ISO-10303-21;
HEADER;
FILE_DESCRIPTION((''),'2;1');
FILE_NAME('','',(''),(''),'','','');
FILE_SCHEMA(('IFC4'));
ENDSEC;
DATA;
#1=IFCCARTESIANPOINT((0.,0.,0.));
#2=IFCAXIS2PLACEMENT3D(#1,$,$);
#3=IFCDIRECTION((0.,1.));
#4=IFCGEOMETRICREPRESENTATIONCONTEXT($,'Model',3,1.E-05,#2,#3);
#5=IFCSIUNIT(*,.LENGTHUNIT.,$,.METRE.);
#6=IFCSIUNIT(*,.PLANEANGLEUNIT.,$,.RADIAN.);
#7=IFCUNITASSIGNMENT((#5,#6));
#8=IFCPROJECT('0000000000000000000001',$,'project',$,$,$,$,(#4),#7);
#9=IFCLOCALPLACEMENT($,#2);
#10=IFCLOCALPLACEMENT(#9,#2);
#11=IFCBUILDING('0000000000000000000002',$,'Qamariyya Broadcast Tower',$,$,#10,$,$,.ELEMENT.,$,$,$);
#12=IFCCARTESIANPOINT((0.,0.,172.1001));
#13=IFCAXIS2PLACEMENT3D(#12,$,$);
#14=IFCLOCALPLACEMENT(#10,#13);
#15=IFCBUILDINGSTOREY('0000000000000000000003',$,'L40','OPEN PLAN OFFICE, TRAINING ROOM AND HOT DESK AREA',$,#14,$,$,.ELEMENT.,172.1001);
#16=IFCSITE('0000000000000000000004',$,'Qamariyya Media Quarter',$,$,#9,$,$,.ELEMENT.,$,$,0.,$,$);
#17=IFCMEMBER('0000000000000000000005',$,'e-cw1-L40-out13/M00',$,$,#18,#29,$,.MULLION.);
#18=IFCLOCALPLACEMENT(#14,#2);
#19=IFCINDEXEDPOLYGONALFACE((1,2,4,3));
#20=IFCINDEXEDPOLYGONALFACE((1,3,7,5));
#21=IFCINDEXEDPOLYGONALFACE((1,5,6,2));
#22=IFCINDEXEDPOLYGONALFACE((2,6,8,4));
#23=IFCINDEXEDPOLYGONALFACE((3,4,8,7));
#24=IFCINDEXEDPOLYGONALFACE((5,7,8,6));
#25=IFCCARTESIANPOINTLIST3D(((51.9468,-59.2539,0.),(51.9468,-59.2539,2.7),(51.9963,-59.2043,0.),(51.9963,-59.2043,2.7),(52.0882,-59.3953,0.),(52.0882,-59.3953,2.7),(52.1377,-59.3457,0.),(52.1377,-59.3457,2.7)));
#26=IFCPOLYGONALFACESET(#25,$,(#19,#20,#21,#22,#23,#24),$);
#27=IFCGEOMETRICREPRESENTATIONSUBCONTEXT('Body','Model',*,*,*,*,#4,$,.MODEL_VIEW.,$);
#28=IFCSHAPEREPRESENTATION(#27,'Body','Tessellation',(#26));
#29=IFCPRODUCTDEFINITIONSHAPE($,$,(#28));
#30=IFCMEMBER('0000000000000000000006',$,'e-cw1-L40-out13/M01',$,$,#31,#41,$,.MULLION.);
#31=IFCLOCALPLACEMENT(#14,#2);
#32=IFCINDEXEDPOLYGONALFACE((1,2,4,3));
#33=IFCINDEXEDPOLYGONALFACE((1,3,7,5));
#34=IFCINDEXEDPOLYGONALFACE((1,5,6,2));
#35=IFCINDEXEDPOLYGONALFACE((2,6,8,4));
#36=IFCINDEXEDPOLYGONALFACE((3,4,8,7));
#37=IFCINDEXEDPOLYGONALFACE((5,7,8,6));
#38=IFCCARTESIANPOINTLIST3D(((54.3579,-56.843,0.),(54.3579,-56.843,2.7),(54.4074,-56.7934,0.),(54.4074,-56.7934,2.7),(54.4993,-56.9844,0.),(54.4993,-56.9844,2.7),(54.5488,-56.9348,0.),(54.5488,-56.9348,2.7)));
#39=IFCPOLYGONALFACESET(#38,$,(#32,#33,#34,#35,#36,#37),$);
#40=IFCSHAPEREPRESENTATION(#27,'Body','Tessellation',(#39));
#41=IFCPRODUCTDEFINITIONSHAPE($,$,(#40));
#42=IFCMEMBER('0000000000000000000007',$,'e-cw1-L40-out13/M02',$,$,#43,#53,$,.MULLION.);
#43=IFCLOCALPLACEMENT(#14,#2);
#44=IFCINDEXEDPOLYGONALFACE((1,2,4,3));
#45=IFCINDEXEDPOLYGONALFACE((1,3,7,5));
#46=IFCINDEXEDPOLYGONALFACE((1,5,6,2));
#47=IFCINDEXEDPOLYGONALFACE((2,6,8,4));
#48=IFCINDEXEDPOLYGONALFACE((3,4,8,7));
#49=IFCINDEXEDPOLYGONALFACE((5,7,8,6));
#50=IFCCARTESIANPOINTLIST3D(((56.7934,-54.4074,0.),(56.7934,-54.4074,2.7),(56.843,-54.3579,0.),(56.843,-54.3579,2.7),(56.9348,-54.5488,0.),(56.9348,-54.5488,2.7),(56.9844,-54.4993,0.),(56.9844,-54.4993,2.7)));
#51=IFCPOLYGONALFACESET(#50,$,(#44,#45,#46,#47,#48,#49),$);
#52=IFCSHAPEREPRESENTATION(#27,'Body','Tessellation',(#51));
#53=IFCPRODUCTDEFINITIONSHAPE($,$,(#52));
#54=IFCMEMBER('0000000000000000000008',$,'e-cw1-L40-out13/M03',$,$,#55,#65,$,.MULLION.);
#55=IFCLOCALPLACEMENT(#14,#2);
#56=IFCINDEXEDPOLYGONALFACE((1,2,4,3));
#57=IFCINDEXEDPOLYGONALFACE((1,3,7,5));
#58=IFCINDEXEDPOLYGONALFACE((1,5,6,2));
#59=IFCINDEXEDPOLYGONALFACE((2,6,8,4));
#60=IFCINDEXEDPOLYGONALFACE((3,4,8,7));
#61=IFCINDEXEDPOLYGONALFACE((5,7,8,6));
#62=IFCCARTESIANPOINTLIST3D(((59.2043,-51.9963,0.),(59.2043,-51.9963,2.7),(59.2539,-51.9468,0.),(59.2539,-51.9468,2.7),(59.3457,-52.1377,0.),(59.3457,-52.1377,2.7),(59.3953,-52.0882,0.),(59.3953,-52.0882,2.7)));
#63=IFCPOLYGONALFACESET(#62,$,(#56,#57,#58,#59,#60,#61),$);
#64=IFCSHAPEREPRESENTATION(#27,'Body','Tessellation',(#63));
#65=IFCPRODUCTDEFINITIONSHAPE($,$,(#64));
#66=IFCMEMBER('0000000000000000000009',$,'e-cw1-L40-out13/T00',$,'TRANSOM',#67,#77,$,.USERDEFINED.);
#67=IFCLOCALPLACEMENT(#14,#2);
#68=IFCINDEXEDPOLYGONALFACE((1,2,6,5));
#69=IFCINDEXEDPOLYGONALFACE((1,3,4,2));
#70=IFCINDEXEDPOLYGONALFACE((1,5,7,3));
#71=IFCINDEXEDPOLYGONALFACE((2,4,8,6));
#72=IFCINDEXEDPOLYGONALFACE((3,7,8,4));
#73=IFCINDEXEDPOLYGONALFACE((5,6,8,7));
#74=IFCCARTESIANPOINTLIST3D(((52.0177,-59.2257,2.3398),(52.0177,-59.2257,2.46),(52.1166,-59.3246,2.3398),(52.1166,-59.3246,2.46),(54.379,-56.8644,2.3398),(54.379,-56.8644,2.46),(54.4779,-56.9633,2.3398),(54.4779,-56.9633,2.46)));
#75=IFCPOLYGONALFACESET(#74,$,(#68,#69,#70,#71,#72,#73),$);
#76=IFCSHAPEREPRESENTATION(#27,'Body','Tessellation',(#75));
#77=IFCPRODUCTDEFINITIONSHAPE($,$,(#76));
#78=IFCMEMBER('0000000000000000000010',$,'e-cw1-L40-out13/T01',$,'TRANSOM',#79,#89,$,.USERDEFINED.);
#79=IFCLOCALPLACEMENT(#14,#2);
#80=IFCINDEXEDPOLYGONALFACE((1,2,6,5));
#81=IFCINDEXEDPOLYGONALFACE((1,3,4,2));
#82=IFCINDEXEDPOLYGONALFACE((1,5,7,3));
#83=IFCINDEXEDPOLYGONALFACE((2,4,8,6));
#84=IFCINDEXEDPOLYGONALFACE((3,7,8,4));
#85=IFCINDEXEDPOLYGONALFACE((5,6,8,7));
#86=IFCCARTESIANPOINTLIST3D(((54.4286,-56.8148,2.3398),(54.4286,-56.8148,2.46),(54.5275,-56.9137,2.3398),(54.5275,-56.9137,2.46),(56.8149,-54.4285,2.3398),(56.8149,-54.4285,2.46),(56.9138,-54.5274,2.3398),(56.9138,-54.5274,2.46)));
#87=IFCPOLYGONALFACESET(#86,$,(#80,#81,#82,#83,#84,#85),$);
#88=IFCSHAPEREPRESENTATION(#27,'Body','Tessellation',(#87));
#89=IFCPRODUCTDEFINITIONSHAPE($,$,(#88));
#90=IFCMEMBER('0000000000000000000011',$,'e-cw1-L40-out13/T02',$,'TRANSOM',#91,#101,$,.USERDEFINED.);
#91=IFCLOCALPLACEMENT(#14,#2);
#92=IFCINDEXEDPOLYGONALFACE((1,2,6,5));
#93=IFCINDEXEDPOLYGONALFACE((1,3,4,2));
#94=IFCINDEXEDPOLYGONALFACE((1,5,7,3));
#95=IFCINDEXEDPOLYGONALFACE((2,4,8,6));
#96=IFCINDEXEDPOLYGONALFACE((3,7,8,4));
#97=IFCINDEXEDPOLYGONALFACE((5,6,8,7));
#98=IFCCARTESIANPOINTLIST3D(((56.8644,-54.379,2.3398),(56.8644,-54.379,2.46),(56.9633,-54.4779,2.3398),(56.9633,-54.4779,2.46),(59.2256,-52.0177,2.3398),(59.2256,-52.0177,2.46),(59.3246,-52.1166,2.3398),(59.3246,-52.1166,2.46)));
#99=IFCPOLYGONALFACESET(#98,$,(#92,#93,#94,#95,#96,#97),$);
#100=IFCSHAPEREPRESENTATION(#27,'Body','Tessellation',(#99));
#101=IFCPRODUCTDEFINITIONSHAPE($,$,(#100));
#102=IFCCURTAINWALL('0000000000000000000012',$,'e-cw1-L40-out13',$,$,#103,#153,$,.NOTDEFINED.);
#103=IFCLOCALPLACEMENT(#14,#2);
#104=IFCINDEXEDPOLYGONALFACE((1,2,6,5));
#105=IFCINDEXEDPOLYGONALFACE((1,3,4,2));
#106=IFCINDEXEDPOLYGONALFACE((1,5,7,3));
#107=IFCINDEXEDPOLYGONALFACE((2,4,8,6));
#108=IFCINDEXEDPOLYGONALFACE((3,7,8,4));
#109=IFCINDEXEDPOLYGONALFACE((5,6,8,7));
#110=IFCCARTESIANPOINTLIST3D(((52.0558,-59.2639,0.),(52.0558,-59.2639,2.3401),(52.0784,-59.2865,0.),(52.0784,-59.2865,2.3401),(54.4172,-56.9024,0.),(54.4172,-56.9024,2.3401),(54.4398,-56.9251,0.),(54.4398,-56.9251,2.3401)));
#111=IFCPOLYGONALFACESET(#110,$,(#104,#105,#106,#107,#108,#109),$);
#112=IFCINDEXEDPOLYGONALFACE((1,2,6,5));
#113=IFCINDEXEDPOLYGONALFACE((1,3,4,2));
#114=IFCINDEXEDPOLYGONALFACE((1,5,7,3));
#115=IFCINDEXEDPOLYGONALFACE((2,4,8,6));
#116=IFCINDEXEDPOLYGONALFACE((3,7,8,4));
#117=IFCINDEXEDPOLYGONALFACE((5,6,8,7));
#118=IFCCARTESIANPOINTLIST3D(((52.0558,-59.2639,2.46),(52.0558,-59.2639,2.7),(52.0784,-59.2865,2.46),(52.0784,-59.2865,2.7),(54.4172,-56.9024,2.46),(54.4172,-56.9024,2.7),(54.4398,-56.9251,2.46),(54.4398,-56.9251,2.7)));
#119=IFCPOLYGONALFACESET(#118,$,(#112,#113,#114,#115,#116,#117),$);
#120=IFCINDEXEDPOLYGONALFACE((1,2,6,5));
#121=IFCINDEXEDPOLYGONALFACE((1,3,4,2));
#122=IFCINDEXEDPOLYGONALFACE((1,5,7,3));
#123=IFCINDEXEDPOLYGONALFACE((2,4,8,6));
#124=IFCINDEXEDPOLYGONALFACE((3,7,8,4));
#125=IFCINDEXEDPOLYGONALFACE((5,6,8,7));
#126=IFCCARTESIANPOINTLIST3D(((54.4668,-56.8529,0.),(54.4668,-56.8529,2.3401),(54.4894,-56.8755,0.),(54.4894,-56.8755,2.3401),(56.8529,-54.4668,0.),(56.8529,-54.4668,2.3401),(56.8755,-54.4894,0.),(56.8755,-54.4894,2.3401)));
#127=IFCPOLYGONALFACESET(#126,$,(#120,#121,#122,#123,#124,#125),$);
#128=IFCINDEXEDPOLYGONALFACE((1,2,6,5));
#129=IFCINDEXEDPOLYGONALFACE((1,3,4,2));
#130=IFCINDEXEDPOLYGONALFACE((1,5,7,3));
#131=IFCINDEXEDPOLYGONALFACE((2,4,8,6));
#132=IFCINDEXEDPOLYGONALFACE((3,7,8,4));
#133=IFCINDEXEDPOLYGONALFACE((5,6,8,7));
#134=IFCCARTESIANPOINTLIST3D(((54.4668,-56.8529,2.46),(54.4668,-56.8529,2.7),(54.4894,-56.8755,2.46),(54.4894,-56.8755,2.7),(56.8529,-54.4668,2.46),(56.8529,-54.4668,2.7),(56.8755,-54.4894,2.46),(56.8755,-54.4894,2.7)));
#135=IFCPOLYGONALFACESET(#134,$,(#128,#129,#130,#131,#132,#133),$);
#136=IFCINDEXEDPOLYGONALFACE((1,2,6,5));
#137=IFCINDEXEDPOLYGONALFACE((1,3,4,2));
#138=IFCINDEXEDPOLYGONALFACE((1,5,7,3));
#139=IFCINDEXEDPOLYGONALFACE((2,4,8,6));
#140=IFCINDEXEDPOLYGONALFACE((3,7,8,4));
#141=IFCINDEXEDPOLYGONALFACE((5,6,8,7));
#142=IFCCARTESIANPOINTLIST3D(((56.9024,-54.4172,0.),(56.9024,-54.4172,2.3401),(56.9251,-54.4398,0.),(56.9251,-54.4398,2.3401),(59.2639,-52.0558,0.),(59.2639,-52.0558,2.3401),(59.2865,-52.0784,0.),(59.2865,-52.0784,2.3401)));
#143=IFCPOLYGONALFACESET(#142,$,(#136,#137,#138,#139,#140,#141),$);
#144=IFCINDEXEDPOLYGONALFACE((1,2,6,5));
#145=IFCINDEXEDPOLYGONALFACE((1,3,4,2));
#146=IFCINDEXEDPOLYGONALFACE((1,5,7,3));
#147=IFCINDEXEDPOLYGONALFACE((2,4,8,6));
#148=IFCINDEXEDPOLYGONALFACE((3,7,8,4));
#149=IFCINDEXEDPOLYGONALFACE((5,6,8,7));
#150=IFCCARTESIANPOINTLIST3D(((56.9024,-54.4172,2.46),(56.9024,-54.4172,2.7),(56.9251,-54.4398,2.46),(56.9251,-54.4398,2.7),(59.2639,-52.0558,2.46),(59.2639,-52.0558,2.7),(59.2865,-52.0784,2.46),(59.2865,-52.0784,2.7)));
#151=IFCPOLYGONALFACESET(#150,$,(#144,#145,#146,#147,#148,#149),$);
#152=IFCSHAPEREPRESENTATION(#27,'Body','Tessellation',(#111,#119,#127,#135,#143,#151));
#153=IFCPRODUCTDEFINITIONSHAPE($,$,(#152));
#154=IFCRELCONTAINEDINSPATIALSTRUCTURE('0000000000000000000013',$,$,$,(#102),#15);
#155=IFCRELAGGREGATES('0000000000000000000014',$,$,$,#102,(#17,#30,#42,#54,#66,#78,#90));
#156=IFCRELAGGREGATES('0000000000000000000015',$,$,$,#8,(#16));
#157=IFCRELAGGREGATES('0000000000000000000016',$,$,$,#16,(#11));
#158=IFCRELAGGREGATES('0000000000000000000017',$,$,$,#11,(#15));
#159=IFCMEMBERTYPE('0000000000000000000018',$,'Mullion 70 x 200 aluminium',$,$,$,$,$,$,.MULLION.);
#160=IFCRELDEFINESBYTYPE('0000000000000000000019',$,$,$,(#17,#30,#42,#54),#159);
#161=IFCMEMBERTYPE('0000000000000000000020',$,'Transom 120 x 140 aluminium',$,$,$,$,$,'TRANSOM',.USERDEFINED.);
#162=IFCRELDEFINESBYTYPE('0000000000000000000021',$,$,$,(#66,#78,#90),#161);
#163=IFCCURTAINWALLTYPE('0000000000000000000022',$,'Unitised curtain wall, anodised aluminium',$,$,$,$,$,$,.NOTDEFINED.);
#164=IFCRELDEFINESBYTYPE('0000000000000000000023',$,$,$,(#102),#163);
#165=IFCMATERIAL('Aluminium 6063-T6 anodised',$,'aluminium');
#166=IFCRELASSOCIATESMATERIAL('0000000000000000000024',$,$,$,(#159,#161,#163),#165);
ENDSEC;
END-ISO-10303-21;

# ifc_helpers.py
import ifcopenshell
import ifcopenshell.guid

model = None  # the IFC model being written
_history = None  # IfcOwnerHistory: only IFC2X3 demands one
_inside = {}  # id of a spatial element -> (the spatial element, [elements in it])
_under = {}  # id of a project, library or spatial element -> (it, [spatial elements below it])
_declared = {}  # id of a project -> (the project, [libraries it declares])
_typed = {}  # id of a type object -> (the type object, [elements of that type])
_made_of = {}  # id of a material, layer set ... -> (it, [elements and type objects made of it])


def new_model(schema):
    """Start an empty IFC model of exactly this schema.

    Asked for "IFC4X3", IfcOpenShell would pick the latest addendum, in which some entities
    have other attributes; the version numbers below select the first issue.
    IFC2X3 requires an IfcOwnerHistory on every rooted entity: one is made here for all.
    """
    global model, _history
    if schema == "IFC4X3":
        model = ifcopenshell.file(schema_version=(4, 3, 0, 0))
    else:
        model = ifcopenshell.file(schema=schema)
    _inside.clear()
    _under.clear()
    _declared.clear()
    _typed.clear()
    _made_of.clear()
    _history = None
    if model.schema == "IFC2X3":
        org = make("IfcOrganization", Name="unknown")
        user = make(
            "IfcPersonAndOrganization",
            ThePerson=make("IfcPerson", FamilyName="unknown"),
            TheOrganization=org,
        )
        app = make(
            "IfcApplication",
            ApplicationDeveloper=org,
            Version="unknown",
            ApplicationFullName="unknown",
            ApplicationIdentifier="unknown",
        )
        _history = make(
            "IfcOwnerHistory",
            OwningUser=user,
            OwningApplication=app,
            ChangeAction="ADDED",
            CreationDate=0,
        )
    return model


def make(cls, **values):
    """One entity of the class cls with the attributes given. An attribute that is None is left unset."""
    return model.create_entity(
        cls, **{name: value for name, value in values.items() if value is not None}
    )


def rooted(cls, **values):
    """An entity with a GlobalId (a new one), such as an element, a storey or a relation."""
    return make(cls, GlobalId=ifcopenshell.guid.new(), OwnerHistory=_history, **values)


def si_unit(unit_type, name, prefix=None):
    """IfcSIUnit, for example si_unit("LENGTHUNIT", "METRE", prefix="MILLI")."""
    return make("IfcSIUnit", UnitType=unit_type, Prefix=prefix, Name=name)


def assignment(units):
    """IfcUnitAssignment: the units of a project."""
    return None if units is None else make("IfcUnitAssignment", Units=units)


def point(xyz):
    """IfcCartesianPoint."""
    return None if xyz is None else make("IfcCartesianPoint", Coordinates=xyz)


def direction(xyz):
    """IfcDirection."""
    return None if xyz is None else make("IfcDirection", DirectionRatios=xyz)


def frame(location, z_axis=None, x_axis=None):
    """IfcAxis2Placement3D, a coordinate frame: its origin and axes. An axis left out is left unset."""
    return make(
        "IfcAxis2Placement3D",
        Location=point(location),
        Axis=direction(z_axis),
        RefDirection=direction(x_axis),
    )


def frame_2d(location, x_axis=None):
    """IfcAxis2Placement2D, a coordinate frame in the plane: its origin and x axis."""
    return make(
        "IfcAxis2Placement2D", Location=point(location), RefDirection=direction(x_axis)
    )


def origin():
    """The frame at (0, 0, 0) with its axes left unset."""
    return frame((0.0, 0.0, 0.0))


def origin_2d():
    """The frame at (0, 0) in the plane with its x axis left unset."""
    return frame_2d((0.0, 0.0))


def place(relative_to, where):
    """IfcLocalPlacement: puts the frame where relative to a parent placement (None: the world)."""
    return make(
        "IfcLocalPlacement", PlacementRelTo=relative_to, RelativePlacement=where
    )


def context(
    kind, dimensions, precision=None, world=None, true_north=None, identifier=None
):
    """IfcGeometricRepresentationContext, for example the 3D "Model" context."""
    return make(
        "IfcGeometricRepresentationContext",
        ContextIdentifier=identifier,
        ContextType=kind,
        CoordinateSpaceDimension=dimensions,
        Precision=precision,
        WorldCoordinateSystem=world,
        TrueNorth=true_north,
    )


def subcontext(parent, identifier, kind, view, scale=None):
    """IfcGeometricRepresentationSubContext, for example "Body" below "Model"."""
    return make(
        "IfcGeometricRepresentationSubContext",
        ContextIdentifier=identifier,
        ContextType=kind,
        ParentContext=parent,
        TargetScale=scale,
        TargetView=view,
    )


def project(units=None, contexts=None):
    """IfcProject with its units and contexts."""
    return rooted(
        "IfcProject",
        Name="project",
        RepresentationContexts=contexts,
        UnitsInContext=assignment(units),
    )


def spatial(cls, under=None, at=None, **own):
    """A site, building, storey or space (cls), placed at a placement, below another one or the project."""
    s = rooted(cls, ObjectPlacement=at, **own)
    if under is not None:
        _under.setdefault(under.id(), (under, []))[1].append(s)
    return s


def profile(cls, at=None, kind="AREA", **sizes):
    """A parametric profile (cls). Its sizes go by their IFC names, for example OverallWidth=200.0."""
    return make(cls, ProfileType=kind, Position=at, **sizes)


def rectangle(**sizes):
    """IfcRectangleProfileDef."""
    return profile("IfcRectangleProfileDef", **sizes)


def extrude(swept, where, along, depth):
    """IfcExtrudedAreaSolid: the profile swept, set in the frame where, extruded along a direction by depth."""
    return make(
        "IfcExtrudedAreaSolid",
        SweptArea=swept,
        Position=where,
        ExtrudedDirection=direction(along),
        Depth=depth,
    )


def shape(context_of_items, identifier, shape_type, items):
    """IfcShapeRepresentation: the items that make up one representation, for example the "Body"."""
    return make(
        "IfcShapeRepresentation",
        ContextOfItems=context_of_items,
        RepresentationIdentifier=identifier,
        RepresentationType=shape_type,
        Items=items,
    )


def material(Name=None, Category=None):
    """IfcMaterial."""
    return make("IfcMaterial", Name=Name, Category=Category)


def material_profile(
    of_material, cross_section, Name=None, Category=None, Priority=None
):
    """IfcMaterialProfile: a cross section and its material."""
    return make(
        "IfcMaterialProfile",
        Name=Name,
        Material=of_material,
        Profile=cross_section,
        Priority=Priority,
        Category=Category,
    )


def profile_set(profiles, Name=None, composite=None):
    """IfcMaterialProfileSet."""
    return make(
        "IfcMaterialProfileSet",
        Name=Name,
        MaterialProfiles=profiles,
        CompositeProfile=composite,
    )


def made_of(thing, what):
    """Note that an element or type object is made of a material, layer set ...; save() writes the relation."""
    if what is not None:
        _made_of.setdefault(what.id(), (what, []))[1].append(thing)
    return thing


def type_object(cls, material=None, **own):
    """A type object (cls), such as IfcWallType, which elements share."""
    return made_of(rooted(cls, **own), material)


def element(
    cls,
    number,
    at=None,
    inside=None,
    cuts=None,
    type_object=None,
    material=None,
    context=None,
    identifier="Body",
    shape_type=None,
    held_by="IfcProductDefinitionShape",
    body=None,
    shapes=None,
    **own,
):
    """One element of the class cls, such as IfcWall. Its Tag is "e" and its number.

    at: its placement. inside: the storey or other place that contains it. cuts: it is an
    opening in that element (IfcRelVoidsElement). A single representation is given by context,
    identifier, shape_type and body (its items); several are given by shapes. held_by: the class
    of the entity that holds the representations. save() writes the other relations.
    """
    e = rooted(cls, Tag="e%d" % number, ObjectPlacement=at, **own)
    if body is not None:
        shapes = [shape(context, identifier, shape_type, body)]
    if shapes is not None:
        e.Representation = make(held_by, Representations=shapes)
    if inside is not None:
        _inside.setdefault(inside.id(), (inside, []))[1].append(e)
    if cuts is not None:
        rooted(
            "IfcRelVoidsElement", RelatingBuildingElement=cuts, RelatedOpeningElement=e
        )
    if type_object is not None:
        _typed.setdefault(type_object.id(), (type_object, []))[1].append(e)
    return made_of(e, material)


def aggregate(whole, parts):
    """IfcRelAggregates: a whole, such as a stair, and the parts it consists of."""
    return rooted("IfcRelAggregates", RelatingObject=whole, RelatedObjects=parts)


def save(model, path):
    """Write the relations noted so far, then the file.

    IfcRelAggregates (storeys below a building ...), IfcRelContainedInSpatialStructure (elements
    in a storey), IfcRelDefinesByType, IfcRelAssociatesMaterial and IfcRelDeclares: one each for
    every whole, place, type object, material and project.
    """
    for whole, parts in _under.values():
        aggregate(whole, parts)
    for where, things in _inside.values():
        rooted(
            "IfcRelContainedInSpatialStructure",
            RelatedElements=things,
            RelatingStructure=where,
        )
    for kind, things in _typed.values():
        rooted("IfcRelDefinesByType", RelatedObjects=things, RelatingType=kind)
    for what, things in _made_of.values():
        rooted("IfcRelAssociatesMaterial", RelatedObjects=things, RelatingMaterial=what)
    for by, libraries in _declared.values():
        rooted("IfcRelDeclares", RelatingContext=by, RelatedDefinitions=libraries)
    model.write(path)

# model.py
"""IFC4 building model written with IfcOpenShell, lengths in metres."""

from ifc_helpers import new_model, si_unit, direction, frame, origin, origin_2d, place, context, subcontext, project, spatial, rectangle, extrude, material, material_profile, profile_set, type_object, element, aggregate, save


model = new_model("IFC4")

# Units and contexts
model_context = context("Model", 3, precision=1e-05, world=origin(), true_north=direction((0.0, 1.0)))
body_context = subcontext(model_context, "Body", "Model", "MODEL_VIEW")
ifc_project = project(units=[si_unit("LENGTHUNIT", "METRE"), si_unit("PLANEANGLEUNIT", "RADIAN")], contexts=[model_context])

# Members
ifc_material_1 = material(Name="Aluminium 6063-T6 anodised", Category="aluminium")
ifc_material_profile_1 = material_profile(ifc_material_1, rectangle(XDim=0.2, YDim=0.0701, at=origin_2d()))
ifc_profile_set_1 = profile_set([ifc_material_profile_1], Name="Aluminium 6063-T6 anodised")
member_type_1 = type_object("IfcMemberType", Name="Mullion 70 x 200 aluminium", PredefinedType="MULLION", material=ifc_profile_set_1)
site_placement = place(None, origin())
building_placement = place(site_placement, origin())
storey_placement = place(building_placement, frame((0.0, 0.0, 172.1001)))
member_1_placement = place(storey_placement, frame((52.0422, -59.2998, 0.0), z_axis=(0.0, 0.0, 1.0), x_axis=(-0.707107, 0.707107, 0.0)))
member_1 = element("IfcMember", 1, at=member_1_placement, type_object=member_type_1, Name="e-cw1-L40-out13/M00", PredefinedType="MULLION", context=body_context, shape_type="SweptSolid", body=[
    extrude(rectangle(XDim=0.2, YDim=0.0701, at=origin_2d()), origin(), (0.0, 0.0, 1.0), 2.7),
])
member_2_placement = place(storey_placement, frame((54.4534, -56.8889, 0.0), z_axis=(0.0, 0.0, 1.0), x_axis=(-0.707107, 0.707107, 0.0)))
member_2 = element("IfcMember", 2, at=member_2_placement, type_object=member_type_1, Name="e-cw1-L40-out13/M01", PredefinedType="MULLION", context=body_context, shape_type="SweptSolid", body=[
    extrude(rectangle(XDim=0.2, YDim=0.0701, at=origin_2d()), origin(), (0.0, 0.0, 1.0), 2.7),
])
member_3_placement = place(storey_placement, frame((56.8889, -54.4534, 0.0), z_axis=(0.0, 0.0, 1.0), x_axis=(-0.707107, 0.707107, 0.0)))
member_3 = element("IfcMember", 3, at=member_3_placement, type_object=member_type_1, Name="e-cw1-L40-out13/M02", PredefinedType="MULLION", context=body_context, shape_type="SweptSolid", body=[
    extrude(rectangle(XDim=0.2, YDim=0.0701, at=origin_2d()), origin(), (0.0, 0.0, 1.0), 2.7),
])
member_4_placement = place(storey_placement, frame((59.2998, -52.0422, 0.0), z_axis=(0.0, 0.0, 1.0), x_axis=(-0.707107, 0.707107, 0.0)))
member_4 = element("IfcMember", 4, at=member_4_placement, type_object=member_type_1, Name="e-cw1-L40-out13/M03", PredefinedType="MULLION", context=body_context, shape_type="SweptSolid", body=[
    extrude(rectangle(XDim=0.2, YDim=0.0701, at=origin_2d()), origin(), (0.0, 0.0, 1.0), 2.7),
])
ifc_material_profile_2 = material_profile(ifc_material_1, rectangle(XDim=0.1399, YDim=0.1201, at=origin_2d()))
ifc_profile_set_2 = profile_set([ifc_material_profile_2], Name="Aluminium 6063-T6 anodised")
member_type_2 = type_object("IfcMemberType", Name="Transom 120 x 140 aluminium", ElementType="TRANSOM", PredefinedType="USERDEFINED", material=ifc_profile_set_2)
member_5_placement = place(storey_placement, frame((52.0671, -59.2751, 2.3999), z_axis=(0.707107, 0.707107, 0.0), x_axis=(-0.707107, 0.707107, 0.0)))
member_5 = element("IfcMember", 5, at=member_5_placement, type_object=member_type_2, Name="e-cw1-L40-out13/T00", ObjectType="TRANSOM", PredefinedType="USERDEFINED", context=body_context, shape_type="SweptSolid", body=[
    extrude(rectangle(XDim=0.1399, YDim=0.1201, at=origin_2d()), origin(), (0.0, 0.0, 1.0), 3.3394),
])
member_6_placement = place(storey_placement, frame((54.478, -56.8643, 2.3999), z_axis=(0.707107, 0.707107, 0.0), x_axis=(-0.707107, 0.707107, 0.0)))
member_6 = element("IfcMember", 6, at=member_6_placement, type_object=member_type_2, Name="e-cw1-L40-out13/T01", ObjectType="TRANSOM", PredefinedType="USERDEFINED", context=body_context, shape_type="SweptSolid", body=[
    extrude(rectangle(XDim=0.1399, YDim=0.1201, at=origin_2d()), origin(), (0.0, 0.0, 1.0), 3.3748),
])
member_7_placement = place(storey_placement, frame((56.9138, -54.4285, 2.3999), z_axis=(0.707107, 0.707107, 0.0), x_axis=(-0.707107, 0.707107, 0.0)))
member_7 = element("IfcMember", 7, at=member_7_placement, type_object=member_type_2, Name="e-cw1-L40-out13/T02", ObjectType="TRANSOM", PredefinedType="USERDEFINED", context=body_context, shape_type="SweptSolid", body=[
    extrude(rectangle(XDim=0.1399, YDim=0.1201, at=origin_2d()), origin(), (0.0, 0.0, 1.0), 3.3394),
])

# Site, building, storey
site = spatial("IfcSite", under=ifc_project, at=site_placement, Name="Qamariyya Media Quarter", CompositionType="ELEMENT", RefElevation=0.0)
building = spatial("IfcBuilding", under=site, at=building_placement, Name="Qamariyya Broadcast Tower", CompositionType="ELEMENT")
storey = spatial("IfcBuildingStorey", under=building, at=storey_placement, Name="L40", Description="OPEN PLAN OFFICE, TRAINING ROOM AND HOT DESK AREA", CompositionType="ELEMENT", Elevation=172.1001)

# Curtain wall
curtain_wall_type = type_object("IfcCurtainWallType", Name="Unitised curtain wall, anodised aluminium", PredefinedType="NOTDEFINED", material=ifc_material_1)
curtain_wall_1_placement = place(storey_placement, origin())
curtain_wall_1 = element("IfcCurtainWall", 8, at=curtain_wall_1_placement, inside=storey, type_object=curtain_wall_type, Name="e-cw1-L40-out13", PredefinedType="NOTDEFINED", context=body_context, shape_type="SweptSolid", body=[
    extrude(rectangle(XDim=3.3396, YDim=0.032, at=origin_2d()), frame((53.2478, -58.0945, 0.0), x_axis=(0.707107, 0.707107, 0.0)), (0.0, 0.0, 1.0), 2.3401),
    extrude(rectangle(XDim=3.3396, YDim=0.032, at=origin_2d()), frame((53.2478, -58.0945, 2.46), x_axis=(0.707107, 0.707107, 0.0)), (0.0, 0.0, 1.0), 0.24),
    extrude(rectangle(XDim=3.3745, YDim=0.032, at=origin_2d()), frame((55.6711, -55.6711, 0.0), x_axis=(0.707107, 0.707107, 0.0)), (0.0, 0.0, 1.0), 2.3401),
    extrude(rectangle(XDim=3.3745, YDim=0.032, at=origin_2d()), frame((55.6711, -55.6711, 2.46), x_axis=(0.707107, 0.707107, 0.0)), (0.0, 0.0, 1.0), 0.24),
    extrude(rectangle(XDim=3.3396, YDim=0.032, at=origin_2d()), frame((58.0945, -53.2478, 0.0), x_axis=(0.707107, 0.707107, 0.0)), (0.0, 0.0, 1.0), 2.3401),
    extrude(rectangle(XDim=3.3396, YDim=0.032, at=origin_2d()), frame((58.0945, -53.2478, 2.46), x_axis=(0.707107, 0.707107, 0.0)), (0.0, 0.0, 1.0), 0.24),
])
aggregate(curtain_wall_1, [member_1, member_2, member_3, member_4, member_5, member_6, member_7])

save(model, "model.ifc")
